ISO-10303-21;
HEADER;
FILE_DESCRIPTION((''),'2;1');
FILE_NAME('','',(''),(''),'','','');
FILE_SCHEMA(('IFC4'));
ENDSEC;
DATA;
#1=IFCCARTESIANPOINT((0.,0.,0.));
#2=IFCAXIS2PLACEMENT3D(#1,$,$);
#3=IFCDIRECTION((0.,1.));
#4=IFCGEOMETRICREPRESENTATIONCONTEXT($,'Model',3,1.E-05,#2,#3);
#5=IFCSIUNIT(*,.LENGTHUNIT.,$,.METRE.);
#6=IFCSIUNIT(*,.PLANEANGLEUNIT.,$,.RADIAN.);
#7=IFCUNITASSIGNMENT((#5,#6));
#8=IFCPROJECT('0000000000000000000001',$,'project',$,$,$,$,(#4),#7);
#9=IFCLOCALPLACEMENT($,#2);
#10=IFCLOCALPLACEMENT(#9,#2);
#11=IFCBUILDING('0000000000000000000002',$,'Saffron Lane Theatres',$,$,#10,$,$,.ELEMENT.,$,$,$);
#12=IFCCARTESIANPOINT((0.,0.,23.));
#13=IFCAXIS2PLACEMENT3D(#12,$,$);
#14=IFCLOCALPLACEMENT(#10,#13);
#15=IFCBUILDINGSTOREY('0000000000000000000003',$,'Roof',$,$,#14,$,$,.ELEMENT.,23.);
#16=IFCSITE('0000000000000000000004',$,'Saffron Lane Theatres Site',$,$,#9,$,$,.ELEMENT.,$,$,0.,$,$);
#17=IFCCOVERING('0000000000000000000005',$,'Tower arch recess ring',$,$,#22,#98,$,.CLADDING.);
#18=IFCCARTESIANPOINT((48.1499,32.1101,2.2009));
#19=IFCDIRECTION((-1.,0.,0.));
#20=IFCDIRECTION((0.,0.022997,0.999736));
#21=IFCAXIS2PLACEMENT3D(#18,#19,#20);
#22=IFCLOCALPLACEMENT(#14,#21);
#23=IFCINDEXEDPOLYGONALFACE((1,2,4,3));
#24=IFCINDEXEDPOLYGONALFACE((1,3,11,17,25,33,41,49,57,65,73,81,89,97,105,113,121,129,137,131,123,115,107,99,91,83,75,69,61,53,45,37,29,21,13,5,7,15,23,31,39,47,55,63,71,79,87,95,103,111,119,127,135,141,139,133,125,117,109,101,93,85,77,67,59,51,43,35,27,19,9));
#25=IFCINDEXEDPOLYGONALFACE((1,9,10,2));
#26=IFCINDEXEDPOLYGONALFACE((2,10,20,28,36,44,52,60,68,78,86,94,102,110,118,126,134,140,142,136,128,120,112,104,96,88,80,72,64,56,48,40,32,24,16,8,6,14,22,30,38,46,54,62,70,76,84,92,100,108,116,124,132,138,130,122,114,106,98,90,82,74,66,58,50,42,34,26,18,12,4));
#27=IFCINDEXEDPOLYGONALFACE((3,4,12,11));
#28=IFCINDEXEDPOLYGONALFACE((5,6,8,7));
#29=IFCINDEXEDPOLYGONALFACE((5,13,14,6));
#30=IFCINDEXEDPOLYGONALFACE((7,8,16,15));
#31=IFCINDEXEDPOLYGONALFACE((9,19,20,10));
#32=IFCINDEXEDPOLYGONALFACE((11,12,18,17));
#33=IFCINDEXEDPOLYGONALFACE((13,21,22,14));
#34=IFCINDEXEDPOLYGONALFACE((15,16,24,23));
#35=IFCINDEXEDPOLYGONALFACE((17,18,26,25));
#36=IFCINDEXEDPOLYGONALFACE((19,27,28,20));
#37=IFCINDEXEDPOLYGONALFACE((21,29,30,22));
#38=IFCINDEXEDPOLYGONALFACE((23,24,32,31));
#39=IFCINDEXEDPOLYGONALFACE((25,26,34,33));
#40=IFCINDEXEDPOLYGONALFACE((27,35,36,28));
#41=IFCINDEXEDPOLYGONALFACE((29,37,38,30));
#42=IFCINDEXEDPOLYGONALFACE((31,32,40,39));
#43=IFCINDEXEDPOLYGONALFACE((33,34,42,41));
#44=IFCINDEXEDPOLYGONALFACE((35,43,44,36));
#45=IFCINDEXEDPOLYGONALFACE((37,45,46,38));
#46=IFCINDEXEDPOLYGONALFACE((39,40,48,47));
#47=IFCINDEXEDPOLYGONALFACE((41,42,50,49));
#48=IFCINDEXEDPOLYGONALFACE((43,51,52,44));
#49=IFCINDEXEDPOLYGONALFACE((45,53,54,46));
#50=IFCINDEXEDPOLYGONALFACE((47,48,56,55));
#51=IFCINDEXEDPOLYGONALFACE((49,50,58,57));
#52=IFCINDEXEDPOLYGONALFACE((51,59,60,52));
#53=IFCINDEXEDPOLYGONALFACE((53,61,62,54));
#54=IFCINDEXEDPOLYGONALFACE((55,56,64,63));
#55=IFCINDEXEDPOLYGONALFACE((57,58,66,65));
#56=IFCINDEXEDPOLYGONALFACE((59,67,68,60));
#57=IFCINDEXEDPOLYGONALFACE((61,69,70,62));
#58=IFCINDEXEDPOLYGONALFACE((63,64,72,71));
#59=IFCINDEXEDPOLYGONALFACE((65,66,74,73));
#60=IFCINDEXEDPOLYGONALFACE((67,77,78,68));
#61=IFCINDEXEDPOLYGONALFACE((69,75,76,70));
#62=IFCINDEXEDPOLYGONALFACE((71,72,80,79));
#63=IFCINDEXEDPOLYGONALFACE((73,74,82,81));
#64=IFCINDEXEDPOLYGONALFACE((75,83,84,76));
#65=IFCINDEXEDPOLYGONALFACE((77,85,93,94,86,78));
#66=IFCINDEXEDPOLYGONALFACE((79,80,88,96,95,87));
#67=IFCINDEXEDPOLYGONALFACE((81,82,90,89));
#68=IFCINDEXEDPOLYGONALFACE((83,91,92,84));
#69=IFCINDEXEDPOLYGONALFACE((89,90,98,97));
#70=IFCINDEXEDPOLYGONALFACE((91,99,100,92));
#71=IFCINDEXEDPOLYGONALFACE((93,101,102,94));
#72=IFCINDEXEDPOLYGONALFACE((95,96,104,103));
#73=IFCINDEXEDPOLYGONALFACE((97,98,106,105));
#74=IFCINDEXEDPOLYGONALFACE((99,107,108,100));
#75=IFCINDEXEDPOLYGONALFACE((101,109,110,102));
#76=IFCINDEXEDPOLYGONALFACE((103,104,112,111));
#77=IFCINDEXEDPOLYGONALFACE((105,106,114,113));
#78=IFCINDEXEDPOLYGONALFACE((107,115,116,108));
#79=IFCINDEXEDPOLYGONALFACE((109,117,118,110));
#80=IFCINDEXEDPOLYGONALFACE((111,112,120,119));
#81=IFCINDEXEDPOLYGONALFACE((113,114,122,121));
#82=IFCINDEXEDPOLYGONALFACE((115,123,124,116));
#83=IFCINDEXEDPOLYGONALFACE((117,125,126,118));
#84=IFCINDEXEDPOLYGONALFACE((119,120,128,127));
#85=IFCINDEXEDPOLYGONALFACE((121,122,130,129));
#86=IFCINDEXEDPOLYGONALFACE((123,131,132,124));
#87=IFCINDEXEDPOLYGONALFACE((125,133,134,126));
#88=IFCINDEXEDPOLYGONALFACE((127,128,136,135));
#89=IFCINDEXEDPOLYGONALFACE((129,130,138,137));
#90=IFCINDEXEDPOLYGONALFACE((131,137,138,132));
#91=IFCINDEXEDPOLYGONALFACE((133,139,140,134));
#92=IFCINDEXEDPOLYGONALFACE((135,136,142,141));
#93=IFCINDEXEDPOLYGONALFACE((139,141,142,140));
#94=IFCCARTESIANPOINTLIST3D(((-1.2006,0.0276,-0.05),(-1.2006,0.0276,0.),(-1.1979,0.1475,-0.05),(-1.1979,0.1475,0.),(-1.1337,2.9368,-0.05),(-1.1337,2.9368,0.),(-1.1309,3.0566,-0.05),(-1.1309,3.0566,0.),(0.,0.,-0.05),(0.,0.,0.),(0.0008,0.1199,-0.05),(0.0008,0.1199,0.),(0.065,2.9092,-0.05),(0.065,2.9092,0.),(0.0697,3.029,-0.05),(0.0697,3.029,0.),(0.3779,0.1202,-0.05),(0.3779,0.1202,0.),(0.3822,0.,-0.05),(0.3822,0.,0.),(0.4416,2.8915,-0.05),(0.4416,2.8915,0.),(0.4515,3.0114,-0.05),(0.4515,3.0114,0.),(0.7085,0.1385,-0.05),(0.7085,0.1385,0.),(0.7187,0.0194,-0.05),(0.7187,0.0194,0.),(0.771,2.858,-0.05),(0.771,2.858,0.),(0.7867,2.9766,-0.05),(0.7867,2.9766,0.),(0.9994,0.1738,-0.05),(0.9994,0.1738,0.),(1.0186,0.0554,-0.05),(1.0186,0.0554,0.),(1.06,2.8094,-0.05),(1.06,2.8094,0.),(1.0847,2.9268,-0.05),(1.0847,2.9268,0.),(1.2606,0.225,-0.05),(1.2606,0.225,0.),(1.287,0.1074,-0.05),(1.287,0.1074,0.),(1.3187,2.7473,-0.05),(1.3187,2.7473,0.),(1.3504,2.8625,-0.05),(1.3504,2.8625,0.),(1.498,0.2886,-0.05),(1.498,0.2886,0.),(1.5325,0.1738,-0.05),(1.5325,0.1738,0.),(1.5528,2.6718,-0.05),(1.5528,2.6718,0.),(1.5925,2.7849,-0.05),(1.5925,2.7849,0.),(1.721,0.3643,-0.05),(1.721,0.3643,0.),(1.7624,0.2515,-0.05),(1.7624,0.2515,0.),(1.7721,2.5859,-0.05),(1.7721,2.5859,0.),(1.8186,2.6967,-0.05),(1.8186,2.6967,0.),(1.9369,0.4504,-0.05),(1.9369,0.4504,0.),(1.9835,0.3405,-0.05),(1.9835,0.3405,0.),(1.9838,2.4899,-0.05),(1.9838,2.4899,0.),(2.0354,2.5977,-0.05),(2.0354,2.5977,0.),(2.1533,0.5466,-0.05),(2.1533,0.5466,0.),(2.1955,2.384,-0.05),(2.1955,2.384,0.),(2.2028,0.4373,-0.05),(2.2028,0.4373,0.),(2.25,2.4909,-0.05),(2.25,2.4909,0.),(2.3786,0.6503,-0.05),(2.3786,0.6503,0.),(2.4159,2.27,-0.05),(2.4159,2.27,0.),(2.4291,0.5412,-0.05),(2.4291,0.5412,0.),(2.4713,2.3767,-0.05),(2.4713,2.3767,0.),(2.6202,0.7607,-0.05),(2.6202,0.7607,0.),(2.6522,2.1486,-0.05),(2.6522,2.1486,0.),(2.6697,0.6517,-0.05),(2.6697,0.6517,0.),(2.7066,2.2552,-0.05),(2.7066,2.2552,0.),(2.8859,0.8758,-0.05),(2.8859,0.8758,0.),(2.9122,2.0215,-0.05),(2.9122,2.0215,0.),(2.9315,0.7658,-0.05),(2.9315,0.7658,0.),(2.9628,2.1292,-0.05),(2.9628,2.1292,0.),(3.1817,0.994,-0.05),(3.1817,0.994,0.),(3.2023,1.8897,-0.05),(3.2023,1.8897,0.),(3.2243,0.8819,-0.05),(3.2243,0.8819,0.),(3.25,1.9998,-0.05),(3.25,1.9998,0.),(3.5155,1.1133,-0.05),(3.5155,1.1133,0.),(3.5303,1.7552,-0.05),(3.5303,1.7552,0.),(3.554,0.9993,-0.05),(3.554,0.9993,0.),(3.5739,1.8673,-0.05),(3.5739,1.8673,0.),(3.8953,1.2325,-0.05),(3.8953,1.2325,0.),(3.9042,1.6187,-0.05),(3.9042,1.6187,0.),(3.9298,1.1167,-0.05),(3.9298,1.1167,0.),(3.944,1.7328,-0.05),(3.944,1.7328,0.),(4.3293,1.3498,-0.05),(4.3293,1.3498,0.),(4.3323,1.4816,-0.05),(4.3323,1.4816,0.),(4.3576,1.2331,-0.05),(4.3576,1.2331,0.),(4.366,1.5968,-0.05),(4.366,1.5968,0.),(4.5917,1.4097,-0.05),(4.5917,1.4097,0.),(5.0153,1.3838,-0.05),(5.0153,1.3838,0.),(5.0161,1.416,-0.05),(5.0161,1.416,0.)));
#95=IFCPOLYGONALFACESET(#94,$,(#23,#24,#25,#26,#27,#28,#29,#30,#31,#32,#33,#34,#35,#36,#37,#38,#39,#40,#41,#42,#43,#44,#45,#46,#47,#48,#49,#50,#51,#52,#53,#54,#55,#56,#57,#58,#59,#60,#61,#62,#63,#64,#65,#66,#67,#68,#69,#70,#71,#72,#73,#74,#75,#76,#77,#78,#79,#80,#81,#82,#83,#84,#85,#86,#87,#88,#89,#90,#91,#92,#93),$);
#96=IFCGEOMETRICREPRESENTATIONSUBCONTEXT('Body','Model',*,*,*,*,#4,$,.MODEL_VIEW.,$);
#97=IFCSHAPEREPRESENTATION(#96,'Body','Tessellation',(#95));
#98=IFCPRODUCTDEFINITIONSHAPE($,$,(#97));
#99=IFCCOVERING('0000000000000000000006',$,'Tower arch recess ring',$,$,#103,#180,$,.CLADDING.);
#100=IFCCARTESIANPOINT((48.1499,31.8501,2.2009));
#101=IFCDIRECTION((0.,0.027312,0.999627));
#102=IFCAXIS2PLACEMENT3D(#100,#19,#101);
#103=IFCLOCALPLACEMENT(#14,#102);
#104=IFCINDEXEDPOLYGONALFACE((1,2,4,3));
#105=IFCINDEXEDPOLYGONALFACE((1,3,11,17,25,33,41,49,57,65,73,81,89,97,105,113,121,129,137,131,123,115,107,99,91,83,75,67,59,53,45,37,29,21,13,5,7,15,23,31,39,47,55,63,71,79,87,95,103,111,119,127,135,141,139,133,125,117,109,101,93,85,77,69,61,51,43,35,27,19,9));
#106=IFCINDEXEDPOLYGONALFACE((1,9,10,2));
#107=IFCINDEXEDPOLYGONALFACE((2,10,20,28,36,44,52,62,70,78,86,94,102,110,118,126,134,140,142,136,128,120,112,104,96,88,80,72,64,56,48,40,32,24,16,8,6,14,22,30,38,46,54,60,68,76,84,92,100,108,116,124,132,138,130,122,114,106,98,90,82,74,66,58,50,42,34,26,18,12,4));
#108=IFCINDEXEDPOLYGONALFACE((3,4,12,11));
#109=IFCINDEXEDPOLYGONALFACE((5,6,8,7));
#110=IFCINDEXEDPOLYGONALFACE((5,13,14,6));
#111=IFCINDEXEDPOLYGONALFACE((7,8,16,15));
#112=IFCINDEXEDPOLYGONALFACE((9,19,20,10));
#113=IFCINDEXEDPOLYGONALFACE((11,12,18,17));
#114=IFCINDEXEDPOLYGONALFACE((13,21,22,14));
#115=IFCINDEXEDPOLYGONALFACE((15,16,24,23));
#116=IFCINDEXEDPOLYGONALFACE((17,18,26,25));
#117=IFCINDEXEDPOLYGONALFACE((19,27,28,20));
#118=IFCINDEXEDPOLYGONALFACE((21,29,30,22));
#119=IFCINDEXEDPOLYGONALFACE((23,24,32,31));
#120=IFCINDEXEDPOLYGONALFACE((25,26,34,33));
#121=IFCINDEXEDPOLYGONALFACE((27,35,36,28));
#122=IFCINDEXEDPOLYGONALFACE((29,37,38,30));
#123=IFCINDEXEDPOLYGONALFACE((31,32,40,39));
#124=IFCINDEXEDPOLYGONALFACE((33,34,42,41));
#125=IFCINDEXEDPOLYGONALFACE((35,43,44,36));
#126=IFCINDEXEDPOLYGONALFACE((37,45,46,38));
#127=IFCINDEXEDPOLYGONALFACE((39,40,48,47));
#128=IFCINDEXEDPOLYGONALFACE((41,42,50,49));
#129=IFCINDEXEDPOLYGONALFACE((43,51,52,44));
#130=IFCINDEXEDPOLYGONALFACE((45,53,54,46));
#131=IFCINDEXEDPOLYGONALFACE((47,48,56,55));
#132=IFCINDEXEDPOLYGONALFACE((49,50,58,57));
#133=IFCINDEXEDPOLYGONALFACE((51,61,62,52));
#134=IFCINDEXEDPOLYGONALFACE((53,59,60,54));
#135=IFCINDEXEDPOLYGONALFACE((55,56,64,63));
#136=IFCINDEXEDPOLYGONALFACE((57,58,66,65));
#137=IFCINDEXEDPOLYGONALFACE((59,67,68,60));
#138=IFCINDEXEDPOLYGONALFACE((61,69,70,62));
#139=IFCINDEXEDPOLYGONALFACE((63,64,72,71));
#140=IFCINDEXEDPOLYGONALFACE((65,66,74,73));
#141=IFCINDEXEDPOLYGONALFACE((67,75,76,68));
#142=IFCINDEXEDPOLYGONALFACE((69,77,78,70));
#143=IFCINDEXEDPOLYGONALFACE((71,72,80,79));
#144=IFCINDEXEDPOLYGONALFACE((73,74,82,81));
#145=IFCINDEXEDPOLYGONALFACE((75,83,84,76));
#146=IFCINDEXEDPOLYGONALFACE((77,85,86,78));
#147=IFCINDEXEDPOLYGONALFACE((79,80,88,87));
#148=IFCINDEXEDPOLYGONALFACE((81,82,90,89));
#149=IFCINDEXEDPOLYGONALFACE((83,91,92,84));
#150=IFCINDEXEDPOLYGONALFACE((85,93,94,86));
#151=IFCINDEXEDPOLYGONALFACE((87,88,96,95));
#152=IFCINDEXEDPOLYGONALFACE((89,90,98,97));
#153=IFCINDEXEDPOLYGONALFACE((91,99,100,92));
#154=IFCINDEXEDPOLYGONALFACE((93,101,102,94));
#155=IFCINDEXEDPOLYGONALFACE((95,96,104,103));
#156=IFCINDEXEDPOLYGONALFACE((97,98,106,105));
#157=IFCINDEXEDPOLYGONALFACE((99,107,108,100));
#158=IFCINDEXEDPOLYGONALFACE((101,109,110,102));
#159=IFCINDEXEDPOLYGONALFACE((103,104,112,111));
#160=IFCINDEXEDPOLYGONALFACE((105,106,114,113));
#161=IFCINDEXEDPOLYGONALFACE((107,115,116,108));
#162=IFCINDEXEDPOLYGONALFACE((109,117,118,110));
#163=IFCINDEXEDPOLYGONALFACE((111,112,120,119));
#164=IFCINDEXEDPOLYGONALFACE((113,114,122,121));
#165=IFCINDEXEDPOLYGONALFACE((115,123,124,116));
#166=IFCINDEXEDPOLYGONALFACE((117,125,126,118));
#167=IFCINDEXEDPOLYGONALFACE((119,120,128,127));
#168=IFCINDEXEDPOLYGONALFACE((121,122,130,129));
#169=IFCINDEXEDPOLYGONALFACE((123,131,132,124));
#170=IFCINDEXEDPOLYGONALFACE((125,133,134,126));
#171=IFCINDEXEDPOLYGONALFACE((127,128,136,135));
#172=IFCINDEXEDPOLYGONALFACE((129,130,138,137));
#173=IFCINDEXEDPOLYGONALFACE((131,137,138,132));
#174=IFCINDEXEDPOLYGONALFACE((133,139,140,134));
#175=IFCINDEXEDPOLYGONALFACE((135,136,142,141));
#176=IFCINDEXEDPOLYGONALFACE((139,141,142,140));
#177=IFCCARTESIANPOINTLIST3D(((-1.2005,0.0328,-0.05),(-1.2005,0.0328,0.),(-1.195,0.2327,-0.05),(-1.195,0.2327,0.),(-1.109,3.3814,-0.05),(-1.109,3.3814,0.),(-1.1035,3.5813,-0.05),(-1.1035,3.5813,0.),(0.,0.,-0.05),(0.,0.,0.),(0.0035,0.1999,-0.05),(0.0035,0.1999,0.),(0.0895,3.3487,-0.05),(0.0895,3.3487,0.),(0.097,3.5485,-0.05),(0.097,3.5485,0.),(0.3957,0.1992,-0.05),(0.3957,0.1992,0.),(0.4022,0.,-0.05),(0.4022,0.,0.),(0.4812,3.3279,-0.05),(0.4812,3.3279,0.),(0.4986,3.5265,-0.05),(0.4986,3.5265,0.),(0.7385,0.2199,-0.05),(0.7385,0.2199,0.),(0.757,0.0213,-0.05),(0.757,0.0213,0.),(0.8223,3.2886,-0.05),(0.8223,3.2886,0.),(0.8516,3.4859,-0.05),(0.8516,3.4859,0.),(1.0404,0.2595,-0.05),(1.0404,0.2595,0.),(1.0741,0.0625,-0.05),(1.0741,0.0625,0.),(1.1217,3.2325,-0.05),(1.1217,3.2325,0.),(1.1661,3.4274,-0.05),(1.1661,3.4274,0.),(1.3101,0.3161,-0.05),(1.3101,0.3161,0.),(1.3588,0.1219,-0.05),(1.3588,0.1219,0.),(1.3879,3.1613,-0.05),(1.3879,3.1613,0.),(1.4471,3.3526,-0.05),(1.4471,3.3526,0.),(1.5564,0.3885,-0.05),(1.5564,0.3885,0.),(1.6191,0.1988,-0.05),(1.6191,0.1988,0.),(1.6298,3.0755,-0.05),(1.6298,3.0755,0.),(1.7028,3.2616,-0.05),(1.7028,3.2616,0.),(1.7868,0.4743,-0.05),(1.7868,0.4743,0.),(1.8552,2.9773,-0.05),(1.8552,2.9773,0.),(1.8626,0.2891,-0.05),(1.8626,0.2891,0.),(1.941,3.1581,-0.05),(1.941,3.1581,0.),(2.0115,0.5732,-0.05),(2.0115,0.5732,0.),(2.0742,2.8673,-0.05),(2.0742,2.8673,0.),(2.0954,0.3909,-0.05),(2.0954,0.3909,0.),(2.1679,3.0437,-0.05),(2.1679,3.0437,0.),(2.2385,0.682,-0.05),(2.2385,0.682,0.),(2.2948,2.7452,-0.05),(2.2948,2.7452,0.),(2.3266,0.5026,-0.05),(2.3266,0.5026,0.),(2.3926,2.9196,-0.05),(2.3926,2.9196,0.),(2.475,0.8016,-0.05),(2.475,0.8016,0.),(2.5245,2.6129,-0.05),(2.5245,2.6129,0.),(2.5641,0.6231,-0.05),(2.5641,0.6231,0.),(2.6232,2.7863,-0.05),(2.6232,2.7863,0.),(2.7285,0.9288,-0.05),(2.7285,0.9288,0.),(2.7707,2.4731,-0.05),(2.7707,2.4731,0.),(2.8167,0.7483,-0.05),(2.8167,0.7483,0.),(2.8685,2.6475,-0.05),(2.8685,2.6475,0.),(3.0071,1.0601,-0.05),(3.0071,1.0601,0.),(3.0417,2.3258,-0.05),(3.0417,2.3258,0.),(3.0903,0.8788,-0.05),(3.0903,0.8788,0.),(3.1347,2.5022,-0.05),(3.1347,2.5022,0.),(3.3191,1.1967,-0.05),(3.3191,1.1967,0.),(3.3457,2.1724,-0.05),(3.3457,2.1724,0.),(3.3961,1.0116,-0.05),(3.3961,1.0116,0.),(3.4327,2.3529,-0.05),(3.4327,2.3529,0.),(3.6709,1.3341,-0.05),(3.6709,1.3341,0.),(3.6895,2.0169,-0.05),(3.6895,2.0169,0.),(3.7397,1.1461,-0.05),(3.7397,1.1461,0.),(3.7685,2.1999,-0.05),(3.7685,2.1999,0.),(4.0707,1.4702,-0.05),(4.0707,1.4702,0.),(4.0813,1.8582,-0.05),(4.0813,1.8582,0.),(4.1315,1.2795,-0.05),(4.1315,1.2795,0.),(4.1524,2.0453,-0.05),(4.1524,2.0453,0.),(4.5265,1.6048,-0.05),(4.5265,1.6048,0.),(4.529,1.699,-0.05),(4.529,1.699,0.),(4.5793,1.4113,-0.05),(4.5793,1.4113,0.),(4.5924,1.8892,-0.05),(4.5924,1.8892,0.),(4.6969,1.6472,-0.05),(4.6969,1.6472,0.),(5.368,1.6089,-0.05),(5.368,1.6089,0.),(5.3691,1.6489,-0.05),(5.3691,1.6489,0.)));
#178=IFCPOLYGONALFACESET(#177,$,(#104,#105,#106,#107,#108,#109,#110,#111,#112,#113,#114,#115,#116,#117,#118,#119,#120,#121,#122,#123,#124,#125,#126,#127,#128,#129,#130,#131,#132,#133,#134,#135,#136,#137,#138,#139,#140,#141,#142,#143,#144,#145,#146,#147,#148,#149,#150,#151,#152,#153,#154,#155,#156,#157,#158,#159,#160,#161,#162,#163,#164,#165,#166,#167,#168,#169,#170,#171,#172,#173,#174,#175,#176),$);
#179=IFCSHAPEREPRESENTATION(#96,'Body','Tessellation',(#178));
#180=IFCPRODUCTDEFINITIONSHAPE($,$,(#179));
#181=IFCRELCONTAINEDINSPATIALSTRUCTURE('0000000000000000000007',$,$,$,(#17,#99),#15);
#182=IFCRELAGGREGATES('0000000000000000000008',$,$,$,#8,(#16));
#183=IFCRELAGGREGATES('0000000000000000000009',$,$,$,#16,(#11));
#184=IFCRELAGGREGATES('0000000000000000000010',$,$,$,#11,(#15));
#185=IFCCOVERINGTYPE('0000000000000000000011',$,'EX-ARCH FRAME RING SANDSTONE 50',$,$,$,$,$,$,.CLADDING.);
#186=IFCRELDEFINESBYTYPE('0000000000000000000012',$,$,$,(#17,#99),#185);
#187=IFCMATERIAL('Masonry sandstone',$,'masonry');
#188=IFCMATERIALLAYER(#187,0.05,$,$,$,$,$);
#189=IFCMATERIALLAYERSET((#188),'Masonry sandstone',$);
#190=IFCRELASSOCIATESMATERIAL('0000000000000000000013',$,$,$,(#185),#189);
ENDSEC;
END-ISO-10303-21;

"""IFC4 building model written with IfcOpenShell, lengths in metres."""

from ifc_helpers import new_model, si_unit, direction, frame, origin, place, context, subcontext, project, spatial, polyline, outline, extrude, material, layer, layer_set, type_object, element, save


model = new_model("IFC4")

# Units and contexts
model_context = context("Model", 3, precision=1e-05, world=origin(), true_north=direction((0.0, 1.0)))
body_context = subcontext(model_context, "Body", "Model", "MODEL_VIEW")
ifc_project = project(units=[si_unit("LENGTHUNIT", "METRE"), si_unit("PLANEANGLEUNIT", "RADIAN")], contexts=[model_context])

# Site, building, storey
site_placement = place(None, origin())
site = spatial("IfcSite", under=ifc_project, at=site_placement, Name="Saffron Lane Theatres Site", CompositionType="ELEMENT", RefElevation=0.0)
building_placement = place(site_placement, origin())
building = spatial("IfcBuilding", under=site, at=building_placement, Name="Saffron Lane Theatres", CompositionType="ELEMENT")
storey_placement = place(building_placement, frame((0.0, 0.0, 23.0)))
storey = spatial("IfcBuildingStorey", under=building, at=storey_placement, Name="Roof", CompositionType="ELEMENT", Elevation=23.0)

# Coverings
ifc_material_1 = material(Name="Masonry sandstone", Category="masonry")
ifc_layer_1 = layer(ifc_material_1, 0.05)
ifc_layer_set_1 = layer_set([ifc_layer_1], Name="Masonry sandstone")
covering_type_1 = type_object("IfcCoveringType", Name="EX-ARCH FRAME RING SANDSTONE 50", PredefinedType="CLADDING", material=ifc_layer_set_1)
covering_1_placement = place(storey_placement, frame((48.1499, 32.1101, 2.2009), z_axis=(-1.0, 0.0, 0.0), x_axis=(0.0, 0.022997, 0.999736)))
element("IfcCovering", 1, at=covering_1_placement, inside=storey, type_object=covering_type_1, Name="Tower arch recess ring", PredefinedType="CLADDING", context=body_context, shape_type="SweptSolid", body=[
    extrude(outline(polyline([(0.0, 0.0), (0.3822, 0.0), (0.7187, 0.0194), (1.0186, 0.0554), (1.287, 0.1074), (1.5325, 0.1738), (1.7624, 0.2515), (1.9835, 0.3405), (2.2028, 0.4373), (2.4291, 0.5412), (2.6697, 0.6517), (2.9315, 0.7658), (3.2243, 0.8819), (3.554, 0.9993), (3.9298, 1.1167), (4.3576, 1.2331), (5.0153, 1.3838), (5.0161, 1.416), (4.366, 1.5968), (3.944, 1.7328), (3.5739, 1.8673), (3.25, 1.9998), (2.9628, 2.1292), (2.7066, 2.2552), (2.4713, 2.3767), (2.25, 2.4909), (2.0354, 2.5977), (1.8186, 2.6967), (1.5925, 2.7849), (1.3504, 2.8625), (1.0847, 2.9268), (0.7867, 2.9766), (0.4515, 3.0114), (0.0697, 3.029), (-1.1309, 3.0566), (-1.1337, 2.9368), (0.065, 2.9092), (0.4416, 2.8915), (0.771, 2.858), (1.06, 2.8094), (1.3187, 2.7473), (1.5528, 2.6718), (1.7721, 2.5859), (1.9838, 2.4899), (2.1955, 2.384), (2.4159, 2.27), (2.6522, 2.1486), (2.9122, 2.0215), (3.2023, 1.8897), (3.5303, 1.7552), (3.9042, 1.6187), (4.3323, 1.4816), (4.5917, 1.4097), (4.3293, 1.3498), (3.8953, 1.2325), (3.5155, 1.1133), (3.1817, 0.994), (2.8859, 0.8758), (2.6202, 0.7607), (2.3786, 0.6503), (2.1533, 0.5466), (1.9369, 0.4504), (1.721, 0.3643), (1.498, 0.2886), (1.2606, 0.225), (0.9994, 0.1738), (0.7085, 0.1385), (0.3779, 0.1202), (0.0008, 0.1199), (-1.1979, 0.1475), (-1.2006, 0.0276), (0.0, 0.0)])), origin(), (0.0, 0.0, -1.0), 0.05),
])
covering_2_placement = place(storey_placement, frame((48.1499, 31.8501, 2.2009), z_axis=(-1.0, 0.0, 0.0), x_axis=(0.0, 0.027312, 0.999627)))
element("IfcCovering", 2, at=covering_2_placement, inside=storey, type_object=covering_type_1, Name="Tower arch recess ring", PredefinedType="CLADDING", context=body_context, shape_type="SweptSolid", body=[
    extrude(outline(polyline([(0.0, 0.0), (0.4022, 0.0), (0.757, 0.0213), (1.0741, 0.0625), (1.3588, 0.1219), (1.6191, 0.1988), (1.8626, 0.2891), (2.0954, 0.3909), (2.3266, 0.5026), (2.5641, 0.6231), (2.8167, 0.7483), (3.0903, 0.8788), (3.3961, 1.0116), (3.7397, 1.1461), (4.1315, 1.2795), (4.5793, 1.4113), (5.368, 1.6089), (5.3691, 1.6489), (4.5924, 1.8892), (4.1524, 2.0453), (3.7685, 2.1999), (3.4327, 2.3529), (3.1347, 2.5022), (2.8685, 2.6475), (2.6232, 2.7863), (2.3926, 2.9196), (2.1679, 3.0437), (1.941, 3.1581), (1.7028, 3.2616), (1.4471, 3.3526), (1.1661, 3.4274), (0.8516, 3.4859), (0.4986, 3.5265), (0.097, 3.5485), (-1.1035, 3.5813), (-1.109, 3.3814), (0.0895, 3.3487), (0.4812, 3.3279), (0.8223, 3.2886), (1.1217, 3.2325), (1.3879, 3.1613), (1.6298, 3.0755), (1.8552, 2.9773), (2.0742, 2.8673), (2.2948, 2.7452), (2.5245, 2.6129), (2.7707, 2.4731), (3.0417, 2.3258), (3.3457, 2.1724), (3.6895, 2.0169), (4.0813, 1.8582), (4.529, 1.699), (4.6969, 1.6472), (4.5265, 1.6048), (4.0707, 1.4702), (3.6709, 1.3341), (3.3191, 1.1967), (3.0071, 1.0601), (2.7285, 0.9288), (2.475, 0.8016), (2.2385, 0.682), (2.0115, 0.5732), (1.7868, 0.4743), (1.5564, 0.3885), (1.3101, 0.3161), (1.0404, 0.2595), (0.7385, 0.2199), (0.3957, 0.1992), (0.0035, 0.1999), (-1.195, 0.2327), (-1.2005, 0.0328), (0.0, 0.0)])), origin(), (0.0, 0.0, -1.0), 0.05),
])

save(model, "model.ifc")
